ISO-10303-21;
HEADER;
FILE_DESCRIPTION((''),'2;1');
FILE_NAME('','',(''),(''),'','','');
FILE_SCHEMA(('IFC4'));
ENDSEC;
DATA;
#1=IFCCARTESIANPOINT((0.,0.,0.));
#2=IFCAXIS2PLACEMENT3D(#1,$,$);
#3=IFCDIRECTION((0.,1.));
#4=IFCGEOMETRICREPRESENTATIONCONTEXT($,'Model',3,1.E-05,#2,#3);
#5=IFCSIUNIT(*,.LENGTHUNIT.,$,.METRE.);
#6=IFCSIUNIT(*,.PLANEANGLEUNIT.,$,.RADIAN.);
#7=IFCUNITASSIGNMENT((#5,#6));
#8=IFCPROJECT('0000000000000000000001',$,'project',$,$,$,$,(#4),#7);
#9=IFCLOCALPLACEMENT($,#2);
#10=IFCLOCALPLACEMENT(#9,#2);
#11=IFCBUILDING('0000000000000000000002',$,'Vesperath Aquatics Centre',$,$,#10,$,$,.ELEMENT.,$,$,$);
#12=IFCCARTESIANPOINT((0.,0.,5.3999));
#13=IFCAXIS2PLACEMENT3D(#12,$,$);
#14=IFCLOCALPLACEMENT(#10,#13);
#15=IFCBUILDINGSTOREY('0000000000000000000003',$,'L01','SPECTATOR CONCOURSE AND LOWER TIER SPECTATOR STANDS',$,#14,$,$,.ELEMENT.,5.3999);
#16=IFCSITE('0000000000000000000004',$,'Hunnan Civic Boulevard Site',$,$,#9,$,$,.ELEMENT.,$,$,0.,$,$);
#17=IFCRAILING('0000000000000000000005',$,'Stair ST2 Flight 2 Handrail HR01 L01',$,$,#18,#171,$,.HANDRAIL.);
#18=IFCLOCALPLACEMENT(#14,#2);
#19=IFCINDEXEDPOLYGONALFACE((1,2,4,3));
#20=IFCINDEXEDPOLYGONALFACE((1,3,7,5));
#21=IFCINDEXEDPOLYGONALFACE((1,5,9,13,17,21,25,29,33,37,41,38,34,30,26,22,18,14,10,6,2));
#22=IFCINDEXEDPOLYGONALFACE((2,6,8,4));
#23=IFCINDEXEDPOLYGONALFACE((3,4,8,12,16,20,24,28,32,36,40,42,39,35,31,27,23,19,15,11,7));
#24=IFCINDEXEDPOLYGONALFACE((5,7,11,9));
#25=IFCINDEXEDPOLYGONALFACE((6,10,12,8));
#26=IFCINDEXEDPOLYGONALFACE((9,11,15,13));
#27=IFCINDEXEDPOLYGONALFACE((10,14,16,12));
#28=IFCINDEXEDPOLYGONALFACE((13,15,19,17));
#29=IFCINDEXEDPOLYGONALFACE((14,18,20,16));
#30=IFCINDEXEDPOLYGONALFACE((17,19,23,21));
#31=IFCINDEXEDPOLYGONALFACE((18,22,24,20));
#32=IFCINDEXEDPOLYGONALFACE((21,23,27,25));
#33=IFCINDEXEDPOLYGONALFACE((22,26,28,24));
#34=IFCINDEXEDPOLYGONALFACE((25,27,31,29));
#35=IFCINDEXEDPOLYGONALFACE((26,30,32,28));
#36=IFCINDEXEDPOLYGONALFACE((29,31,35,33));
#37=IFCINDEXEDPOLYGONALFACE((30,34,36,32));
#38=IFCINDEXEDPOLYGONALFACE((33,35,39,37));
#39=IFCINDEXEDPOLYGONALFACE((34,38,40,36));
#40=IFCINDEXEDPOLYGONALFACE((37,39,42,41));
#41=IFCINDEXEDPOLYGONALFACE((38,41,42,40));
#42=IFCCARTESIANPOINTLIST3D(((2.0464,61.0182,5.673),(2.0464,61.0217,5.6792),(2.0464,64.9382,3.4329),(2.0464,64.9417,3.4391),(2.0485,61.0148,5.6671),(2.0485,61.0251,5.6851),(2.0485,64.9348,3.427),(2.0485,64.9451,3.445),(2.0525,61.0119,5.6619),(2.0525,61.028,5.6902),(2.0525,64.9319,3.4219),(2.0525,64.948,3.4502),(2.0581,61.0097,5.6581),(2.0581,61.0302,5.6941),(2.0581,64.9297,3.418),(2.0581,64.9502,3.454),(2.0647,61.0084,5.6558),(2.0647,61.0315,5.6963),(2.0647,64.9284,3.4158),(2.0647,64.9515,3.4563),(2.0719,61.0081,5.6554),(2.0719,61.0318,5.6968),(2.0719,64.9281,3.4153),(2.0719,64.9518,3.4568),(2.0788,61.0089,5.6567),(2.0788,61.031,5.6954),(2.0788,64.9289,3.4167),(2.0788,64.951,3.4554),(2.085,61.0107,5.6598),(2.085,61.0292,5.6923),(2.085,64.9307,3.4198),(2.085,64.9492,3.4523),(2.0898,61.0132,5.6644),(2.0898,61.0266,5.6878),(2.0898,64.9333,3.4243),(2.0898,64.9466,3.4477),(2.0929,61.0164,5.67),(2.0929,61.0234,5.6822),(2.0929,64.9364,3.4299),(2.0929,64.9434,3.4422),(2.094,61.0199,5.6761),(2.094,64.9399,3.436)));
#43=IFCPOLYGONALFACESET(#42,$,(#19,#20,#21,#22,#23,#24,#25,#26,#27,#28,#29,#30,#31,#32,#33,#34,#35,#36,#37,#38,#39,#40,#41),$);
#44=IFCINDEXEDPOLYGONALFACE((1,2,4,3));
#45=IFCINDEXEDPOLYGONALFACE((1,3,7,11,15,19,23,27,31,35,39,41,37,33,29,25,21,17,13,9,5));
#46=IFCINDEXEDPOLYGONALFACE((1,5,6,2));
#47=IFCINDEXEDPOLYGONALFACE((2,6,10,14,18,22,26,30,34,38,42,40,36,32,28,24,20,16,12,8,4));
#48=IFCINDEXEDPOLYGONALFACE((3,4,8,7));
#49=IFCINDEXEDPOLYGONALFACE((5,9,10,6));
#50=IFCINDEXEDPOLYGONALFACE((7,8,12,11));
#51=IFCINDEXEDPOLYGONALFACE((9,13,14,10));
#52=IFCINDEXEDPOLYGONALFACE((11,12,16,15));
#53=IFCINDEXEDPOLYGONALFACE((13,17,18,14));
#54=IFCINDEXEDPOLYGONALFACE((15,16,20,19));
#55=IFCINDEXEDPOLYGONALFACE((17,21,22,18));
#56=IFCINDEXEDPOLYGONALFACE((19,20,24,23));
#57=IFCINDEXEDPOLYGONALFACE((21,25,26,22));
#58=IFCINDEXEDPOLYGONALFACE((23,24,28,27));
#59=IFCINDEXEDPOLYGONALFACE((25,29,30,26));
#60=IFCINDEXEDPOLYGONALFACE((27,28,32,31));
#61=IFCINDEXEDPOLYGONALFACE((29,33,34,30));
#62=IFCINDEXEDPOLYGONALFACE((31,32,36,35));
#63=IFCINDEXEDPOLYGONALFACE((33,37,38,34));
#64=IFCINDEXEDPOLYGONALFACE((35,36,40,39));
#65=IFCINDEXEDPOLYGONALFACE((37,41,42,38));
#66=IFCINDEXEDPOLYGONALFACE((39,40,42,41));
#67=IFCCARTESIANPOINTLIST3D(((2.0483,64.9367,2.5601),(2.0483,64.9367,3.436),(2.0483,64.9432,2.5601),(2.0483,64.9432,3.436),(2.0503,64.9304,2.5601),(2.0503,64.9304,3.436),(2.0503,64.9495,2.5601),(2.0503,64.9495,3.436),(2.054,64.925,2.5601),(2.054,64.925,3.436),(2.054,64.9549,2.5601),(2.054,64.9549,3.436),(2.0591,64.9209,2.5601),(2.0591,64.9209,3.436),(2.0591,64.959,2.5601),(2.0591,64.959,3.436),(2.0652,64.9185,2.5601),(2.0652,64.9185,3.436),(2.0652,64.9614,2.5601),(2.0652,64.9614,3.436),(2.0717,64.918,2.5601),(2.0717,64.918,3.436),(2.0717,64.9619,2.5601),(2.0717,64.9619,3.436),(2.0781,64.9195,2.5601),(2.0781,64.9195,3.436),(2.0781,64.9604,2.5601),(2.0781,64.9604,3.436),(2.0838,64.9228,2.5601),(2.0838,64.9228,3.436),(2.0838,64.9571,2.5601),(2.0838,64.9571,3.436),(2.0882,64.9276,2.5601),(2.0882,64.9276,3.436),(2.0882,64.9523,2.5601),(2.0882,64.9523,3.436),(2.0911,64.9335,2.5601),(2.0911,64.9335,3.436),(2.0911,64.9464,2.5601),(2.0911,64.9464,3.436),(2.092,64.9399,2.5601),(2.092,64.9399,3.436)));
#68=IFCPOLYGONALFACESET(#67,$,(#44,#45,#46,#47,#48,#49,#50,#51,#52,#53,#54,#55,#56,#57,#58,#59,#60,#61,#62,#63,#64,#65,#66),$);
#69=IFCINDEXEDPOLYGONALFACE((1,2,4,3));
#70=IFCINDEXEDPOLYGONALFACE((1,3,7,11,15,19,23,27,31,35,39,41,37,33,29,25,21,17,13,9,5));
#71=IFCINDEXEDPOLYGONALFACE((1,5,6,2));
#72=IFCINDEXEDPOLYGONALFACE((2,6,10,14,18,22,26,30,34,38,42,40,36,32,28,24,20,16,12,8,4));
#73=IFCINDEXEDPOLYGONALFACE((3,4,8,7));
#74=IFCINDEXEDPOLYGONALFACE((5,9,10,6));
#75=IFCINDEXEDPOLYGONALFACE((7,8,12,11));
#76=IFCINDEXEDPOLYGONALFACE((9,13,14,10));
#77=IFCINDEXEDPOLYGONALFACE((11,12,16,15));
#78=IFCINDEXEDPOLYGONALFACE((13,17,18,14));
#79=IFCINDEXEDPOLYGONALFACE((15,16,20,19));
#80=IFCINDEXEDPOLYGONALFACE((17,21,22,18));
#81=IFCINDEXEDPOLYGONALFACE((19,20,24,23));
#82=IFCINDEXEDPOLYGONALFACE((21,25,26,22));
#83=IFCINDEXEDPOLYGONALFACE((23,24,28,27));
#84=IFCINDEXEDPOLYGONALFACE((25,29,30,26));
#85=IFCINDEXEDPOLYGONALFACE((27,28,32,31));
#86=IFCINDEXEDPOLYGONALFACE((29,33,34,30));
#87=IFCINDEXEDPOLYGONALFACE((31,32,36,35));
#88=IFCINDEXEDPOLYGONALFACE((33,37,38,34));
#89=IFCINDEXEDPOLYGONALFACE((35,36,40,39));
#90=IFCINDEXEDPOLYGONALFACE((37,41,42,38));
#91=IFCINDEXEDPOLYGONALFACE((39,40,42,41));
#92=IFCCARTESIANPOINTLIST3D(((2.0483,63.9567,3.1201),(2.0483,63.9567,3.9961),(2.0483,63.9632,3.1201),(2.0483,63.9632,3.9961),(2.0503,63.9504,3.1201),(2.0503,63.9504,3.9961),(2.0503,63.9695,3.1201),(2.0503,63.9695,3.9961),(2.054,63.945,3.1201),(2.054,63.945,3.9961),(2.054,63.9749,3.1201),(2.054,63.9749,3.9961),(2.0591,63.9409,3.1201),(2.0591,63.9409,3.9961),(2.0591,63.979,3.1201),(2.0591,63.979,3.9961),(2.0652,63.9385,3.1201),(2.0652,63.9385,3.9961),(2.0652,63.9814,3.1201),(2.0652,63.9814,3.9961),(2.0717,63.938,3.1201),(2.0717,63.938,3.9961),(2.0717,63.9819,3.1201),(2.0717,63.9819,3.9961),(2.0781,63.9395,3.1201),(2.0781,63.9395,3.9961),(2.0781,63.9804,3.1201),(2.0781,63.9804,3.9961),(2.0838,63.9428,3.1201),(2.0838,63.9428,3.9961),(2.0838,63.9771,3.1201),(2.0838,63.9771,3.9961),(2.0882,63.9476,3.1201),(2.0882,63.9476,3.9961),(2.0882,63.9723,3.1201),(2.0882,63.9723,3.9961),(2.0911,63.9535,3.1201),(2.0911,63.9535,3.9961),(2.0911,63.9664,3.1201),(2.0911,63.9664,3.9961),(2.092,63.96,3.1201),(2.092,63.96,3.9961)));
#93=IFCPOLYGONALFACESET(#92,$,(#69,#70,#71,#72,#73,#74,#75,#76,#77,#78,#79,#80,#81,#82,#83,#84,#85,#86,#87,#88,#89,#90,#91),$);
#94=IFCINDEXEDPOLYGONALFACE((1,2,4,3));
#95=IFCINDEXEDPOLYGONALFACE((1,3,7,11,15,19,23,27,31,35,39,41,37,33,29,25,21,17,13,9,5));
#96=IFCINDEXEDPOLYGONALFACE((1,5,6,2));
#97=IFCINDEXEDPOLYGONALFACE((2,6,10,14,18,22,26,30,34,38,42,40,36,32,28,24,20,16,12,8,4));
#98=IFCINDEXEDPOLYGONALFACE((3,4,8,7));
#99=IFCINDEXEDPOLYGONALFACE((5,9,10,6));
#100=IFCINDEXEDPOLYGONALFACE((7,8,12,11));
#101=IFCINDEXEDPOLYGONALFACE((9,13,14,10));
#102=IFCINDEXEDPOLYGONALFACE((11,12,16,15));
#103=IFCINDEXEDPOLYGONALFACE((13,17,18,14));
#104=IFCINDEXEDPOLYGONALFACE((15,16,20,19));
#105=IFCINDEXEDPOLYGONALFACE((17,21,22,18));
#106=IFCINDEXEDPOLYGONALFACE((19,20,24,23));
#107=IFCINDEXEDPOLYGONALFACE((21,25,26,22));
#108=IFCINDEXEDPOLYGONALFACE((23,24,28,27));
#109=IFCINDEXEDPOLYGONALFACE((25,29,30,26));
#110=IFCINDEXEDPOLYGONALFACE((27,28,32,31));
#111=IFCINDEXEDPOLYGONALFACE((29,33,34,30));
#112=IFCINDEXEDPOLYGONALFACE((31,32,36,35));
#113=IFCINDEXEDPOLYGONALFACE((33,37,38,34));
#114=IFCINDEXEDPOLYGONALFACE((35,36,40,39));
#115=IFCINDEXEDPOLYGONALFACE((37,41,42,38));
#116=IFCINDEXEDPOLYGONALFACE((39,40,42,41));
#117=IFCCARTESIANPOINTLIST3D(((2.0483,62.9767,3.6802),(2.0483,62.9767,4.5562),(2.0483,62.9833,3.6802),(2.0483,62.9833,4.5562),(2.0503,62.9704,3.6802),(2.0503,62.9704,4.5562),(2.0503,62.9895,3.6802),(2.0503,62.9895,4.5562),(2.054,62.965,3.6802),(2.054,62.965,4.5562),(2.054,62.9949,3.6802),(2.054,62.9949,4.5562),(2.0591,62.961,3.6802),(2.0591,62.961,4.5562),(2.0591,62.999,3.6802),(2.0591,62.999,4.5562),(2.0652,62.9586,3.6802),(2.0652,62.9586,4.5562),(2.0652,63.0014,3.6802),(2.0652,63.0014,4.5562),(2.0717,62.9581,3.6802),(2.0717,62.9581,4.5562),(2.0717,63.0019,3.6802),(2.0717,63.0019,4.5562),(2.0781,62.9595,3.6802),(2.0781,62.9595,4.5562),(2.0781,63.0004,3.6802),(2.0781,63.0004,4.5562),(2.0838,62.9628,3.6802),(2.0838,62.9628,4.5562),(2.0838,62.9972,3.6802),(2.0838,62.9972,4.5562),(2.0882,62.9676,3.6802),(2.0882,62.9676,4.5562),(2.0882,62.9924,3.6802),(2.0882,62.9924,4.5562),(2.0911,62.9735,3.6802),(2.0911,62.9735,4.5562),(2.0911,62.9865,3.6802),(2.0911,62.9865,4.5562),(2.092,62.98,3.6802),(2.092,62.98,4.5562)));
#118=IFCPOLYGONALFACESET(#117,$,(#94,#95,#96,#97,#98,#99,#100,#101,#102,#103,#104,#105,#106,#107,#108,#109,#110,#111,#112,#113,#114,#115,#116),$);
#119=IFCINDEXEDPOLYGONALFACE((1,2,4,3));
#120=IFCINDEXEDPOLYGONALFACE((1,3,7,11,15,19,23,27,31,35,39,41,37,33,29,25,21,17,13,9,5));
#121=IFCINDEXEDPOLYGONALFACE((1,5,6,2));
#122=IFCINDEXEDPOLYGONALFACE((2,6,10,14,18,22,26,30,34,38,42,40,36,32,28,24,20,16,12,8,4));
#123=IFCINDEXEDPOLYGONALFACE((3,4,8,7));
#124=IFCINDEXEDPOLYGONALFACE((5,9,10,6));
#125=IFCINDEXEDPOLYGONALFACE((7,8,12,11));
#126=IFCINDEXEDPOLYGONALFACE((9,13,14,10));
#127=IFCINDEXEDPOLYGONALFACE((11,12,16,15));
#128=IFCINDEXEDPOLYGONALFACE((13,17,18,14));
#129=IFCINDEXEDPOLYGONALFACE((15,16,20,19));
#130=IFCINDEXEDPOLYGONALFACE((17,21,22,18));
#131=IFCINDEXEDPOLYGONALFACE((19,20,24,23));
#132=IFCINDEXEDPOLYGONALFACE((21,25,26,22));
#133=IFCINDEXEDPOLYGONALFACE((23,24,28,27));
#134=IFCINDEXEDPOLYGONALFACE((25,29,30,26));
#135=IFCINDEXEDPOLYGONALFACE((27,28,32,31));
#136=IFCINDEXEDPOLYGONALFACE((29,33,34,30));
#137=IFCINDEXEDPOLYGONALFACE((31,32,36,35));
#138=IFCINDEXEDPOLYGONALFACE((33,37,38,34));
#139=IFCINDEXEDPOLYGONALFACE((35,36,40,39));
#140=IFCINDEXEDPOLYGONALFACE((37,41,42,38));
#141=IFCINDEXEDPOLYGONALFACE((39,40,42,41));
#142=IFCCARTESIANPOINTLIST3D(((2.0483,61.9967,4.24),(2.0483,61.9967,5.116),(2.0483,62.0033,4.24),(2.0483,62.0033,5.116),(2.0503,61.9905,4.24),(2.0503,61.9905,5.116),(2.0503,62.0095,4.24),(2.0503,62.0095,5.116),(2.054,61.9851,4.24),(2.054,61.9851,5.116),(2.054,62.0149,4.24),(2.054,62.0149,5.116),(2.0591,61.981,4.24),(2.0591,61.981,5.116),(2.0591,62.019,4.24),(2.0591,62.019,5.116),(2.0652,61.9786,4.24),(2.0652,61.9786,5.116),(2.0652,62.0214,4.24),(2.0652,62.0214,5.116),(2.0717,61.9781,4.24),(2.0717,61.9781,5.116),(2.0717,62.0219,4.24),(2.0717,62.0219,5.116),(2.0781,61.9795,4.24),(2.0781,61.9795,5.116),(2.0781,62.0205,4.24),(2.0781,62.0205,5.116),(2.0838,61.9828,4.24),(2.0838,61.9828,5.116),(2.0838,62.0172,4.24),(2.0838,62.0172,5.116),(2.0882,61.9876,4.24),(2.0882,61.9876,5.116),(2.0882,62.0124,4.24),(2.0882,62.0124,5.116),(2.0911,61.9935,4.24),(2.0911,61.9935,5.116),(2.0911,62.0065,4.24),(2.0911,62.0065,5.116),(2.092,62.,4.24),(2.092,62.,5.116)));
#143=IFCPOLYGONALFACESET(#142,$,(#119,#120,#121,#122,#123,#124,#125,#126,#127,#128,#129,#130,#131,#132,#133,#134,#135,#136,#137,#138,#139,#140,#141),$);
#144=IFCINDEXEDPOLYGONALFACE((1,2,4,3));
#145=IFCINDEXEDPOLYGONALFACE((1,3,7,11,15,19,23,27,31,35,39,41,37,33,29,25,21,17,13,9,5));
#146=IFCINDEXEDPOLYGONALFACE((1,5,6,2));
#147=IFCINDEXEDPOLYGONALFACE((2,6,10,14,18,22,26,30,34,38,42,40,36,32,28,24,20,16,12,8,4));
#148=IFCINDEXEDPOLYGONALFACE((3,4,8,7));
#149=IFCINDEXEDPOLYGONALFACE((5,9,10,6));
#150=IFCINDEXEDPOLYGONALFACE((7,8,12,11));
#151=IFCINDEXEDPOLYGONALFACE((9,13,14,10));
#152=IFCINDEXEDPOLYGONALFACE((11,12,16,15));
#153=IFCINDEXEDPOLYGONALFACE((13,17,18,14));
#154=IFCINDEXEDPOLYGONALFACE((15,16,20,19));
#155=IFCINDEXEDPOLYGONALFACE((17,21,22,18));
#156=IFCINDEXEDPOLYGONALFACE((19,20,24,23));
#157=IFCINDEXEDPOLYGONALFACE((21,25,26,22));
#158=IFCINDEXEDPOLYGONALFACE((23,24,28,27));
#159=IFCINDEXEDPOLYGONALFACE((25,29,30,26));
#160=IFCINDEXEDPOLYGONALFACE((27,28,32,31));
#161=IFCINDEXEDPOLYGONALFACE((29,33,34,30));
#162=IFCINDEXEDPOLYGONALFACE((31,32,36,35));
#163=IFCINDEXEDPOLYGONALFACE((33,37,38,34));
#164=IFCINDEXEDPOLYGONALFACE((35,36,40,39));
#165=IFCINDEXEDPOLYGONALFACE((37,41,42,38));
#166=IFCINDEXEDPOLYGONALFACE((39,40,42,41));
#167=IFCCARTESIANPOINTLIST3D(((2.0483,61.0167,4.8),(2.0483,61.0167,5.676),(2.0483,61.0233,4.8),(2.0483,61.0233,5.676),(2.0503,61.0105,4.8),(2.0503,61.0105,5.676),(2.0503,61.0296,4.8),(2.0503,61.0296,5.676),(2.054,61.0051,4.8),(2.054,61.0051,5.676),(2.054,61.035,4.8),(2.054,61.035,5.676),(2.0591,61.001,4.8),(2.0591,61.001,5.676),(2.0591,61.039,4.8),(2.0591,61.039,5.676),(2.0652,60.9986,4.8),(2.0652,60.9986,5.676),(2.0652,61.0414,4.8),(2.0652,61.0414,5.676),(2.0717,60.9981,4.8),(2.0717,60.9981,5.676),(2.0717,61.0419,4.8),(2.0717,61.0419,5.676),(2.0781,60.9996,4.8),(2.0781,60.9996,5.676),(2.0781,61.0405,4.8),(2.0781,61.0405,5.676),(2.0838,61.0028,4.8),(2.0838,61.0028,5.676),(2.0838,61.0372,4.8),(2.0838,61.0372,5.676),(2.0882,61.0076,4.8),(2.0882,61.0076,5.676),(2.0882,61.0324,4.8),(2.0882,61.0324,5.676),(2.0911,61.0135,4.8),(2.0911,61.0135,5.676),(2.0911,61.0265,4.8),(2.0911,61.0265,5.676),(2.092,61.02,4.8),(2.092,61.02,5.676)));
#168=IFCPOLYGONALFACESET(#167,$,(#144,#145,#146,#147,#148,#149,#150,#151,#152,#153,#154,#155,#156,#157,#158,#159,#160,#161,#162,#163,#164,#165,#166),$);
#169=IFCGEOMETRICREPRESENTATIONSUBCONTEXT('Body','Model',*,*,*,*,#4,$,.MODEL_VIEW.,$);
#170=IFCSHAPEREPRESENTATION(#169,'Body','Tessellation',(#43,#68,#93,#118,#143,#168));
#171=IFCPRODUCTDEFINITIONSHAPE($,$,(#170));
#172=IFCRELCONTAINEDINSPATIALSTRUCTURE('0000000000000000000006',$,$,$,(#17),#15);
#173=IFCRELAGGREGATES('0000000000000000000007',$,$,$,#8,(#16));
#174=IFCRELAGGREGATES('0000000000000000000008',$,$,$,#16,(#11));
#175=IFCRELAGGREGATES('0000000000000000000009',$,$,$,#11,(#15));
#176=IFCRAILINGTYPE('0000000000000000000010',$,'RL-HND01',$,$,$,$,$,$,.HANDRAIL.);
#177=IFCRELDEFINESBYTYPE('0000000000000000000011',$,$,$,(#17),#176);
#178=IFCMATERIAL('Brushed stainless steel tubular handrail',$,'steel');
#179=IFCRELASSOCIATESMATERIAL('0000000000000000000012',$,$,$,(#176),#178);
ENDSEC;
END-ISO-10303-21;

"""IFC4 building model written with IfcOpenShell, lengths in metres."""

from ifc_helpers import new_model, si_unit, direction, frame, origin, origin_2d, place, context, subcontext, project, spatial, circle, extrude, material, type_object, element, save


model = new_model("IFC4")

# Units and contexts
model_context = context("Model", 3, precision=1e-05, world=origin(), true_north=direction((0.0, 1.0)))
body_context = subcontext(model_context, "Body", "Model", "MODEL_VIEW")
ifc_project = project(units=[si_unit("LENGTHUNIT", "METRE"), si_unit("PLANEANGLEUNIT", "RADIAN")], contexts=[model_context])

# Site, building, storey
site_placement = place(None, origin())
site = spatial("IfcSite", under=ifc_project, at=site_placement, Name="Hunnan Civic Boulevard Site", CompositionType="ELEMENT", RefElevation=0.0)
building_placement = place(site_placement, origin())
building = spatial("IfcBuilding", under=site, at=building_placement, Name="Vesperath Aquatics Centre", CompositionType="ELEMENT")
storey_placement = place(building_placement, frame((0.0, 0.0, 5.3999)))
storey = spatial("IfcBuildingStorey", under=building, at=storey_placement, Name="L01", Description="SPECTATOR CONCOURSE AND LOWER TIER SPECTATOR STANDS", CompositionType="ELEMENT", Elevation=5.3999)

# Railing
ifc_material_1 = material(Name="Brushed stainless steel tubular handrail", Category="steel")
railing_type_1 = type_object("IfcRailingType", Name="RL-HND01", PredefinedType="HANDRAIL", material=ifc_material_1)
railing_1_placement = place(storey_placement, frame((2.0701, 64.9399, 2.5601)))
element("IfcRailing", 1, at=railing_1_placement, inside=storey, type_object=railing_type_1, Name="Stair ST2 Flight 2 Handrail HR01 L01", PredefinedType="HANDRAIL", context=body_context, shape_type="SweptSolid", body=[
    extrude(circle(Radius=0.0239, at=origin_2d()), frame((0.0, 0.0, 0.876), z_axis=(0.0, -0.86824, 0.496145), x_axis=(1.0, 0.0, 0.0)), (0.0, 0.0, 1.0), 4.5149),
    extrude(circle(Radius=0.022, at=origin_2d()), origin(), (0.0, 0.0, 1.0), 0.876),
    extrude(circle(Radius=0.022, at=origin_2d()), frame((0.0, -0.98, 0.5601)), (0.0, 0.0, 1.0), 0.876),
    extrude(circle(Radius=0.022, at=origin_2d()), frame((0.0, -1.96, 1.1201)), (0.0, 0.0, 1.0), 0.876),
    extrude(circle(Radius=0.022, at=origin_2d()), frame((0.0, -2.9399, 1.6799)), (0.0, 0.0, 1.0), 0.876),
    extrude(circle(Radius=0.022, at=origin_2d()), frame((0.0, -3.9199, 2.24)), (0.0, 0.0, 1.0), 0.876),
])

save(model, "model.ifc")
